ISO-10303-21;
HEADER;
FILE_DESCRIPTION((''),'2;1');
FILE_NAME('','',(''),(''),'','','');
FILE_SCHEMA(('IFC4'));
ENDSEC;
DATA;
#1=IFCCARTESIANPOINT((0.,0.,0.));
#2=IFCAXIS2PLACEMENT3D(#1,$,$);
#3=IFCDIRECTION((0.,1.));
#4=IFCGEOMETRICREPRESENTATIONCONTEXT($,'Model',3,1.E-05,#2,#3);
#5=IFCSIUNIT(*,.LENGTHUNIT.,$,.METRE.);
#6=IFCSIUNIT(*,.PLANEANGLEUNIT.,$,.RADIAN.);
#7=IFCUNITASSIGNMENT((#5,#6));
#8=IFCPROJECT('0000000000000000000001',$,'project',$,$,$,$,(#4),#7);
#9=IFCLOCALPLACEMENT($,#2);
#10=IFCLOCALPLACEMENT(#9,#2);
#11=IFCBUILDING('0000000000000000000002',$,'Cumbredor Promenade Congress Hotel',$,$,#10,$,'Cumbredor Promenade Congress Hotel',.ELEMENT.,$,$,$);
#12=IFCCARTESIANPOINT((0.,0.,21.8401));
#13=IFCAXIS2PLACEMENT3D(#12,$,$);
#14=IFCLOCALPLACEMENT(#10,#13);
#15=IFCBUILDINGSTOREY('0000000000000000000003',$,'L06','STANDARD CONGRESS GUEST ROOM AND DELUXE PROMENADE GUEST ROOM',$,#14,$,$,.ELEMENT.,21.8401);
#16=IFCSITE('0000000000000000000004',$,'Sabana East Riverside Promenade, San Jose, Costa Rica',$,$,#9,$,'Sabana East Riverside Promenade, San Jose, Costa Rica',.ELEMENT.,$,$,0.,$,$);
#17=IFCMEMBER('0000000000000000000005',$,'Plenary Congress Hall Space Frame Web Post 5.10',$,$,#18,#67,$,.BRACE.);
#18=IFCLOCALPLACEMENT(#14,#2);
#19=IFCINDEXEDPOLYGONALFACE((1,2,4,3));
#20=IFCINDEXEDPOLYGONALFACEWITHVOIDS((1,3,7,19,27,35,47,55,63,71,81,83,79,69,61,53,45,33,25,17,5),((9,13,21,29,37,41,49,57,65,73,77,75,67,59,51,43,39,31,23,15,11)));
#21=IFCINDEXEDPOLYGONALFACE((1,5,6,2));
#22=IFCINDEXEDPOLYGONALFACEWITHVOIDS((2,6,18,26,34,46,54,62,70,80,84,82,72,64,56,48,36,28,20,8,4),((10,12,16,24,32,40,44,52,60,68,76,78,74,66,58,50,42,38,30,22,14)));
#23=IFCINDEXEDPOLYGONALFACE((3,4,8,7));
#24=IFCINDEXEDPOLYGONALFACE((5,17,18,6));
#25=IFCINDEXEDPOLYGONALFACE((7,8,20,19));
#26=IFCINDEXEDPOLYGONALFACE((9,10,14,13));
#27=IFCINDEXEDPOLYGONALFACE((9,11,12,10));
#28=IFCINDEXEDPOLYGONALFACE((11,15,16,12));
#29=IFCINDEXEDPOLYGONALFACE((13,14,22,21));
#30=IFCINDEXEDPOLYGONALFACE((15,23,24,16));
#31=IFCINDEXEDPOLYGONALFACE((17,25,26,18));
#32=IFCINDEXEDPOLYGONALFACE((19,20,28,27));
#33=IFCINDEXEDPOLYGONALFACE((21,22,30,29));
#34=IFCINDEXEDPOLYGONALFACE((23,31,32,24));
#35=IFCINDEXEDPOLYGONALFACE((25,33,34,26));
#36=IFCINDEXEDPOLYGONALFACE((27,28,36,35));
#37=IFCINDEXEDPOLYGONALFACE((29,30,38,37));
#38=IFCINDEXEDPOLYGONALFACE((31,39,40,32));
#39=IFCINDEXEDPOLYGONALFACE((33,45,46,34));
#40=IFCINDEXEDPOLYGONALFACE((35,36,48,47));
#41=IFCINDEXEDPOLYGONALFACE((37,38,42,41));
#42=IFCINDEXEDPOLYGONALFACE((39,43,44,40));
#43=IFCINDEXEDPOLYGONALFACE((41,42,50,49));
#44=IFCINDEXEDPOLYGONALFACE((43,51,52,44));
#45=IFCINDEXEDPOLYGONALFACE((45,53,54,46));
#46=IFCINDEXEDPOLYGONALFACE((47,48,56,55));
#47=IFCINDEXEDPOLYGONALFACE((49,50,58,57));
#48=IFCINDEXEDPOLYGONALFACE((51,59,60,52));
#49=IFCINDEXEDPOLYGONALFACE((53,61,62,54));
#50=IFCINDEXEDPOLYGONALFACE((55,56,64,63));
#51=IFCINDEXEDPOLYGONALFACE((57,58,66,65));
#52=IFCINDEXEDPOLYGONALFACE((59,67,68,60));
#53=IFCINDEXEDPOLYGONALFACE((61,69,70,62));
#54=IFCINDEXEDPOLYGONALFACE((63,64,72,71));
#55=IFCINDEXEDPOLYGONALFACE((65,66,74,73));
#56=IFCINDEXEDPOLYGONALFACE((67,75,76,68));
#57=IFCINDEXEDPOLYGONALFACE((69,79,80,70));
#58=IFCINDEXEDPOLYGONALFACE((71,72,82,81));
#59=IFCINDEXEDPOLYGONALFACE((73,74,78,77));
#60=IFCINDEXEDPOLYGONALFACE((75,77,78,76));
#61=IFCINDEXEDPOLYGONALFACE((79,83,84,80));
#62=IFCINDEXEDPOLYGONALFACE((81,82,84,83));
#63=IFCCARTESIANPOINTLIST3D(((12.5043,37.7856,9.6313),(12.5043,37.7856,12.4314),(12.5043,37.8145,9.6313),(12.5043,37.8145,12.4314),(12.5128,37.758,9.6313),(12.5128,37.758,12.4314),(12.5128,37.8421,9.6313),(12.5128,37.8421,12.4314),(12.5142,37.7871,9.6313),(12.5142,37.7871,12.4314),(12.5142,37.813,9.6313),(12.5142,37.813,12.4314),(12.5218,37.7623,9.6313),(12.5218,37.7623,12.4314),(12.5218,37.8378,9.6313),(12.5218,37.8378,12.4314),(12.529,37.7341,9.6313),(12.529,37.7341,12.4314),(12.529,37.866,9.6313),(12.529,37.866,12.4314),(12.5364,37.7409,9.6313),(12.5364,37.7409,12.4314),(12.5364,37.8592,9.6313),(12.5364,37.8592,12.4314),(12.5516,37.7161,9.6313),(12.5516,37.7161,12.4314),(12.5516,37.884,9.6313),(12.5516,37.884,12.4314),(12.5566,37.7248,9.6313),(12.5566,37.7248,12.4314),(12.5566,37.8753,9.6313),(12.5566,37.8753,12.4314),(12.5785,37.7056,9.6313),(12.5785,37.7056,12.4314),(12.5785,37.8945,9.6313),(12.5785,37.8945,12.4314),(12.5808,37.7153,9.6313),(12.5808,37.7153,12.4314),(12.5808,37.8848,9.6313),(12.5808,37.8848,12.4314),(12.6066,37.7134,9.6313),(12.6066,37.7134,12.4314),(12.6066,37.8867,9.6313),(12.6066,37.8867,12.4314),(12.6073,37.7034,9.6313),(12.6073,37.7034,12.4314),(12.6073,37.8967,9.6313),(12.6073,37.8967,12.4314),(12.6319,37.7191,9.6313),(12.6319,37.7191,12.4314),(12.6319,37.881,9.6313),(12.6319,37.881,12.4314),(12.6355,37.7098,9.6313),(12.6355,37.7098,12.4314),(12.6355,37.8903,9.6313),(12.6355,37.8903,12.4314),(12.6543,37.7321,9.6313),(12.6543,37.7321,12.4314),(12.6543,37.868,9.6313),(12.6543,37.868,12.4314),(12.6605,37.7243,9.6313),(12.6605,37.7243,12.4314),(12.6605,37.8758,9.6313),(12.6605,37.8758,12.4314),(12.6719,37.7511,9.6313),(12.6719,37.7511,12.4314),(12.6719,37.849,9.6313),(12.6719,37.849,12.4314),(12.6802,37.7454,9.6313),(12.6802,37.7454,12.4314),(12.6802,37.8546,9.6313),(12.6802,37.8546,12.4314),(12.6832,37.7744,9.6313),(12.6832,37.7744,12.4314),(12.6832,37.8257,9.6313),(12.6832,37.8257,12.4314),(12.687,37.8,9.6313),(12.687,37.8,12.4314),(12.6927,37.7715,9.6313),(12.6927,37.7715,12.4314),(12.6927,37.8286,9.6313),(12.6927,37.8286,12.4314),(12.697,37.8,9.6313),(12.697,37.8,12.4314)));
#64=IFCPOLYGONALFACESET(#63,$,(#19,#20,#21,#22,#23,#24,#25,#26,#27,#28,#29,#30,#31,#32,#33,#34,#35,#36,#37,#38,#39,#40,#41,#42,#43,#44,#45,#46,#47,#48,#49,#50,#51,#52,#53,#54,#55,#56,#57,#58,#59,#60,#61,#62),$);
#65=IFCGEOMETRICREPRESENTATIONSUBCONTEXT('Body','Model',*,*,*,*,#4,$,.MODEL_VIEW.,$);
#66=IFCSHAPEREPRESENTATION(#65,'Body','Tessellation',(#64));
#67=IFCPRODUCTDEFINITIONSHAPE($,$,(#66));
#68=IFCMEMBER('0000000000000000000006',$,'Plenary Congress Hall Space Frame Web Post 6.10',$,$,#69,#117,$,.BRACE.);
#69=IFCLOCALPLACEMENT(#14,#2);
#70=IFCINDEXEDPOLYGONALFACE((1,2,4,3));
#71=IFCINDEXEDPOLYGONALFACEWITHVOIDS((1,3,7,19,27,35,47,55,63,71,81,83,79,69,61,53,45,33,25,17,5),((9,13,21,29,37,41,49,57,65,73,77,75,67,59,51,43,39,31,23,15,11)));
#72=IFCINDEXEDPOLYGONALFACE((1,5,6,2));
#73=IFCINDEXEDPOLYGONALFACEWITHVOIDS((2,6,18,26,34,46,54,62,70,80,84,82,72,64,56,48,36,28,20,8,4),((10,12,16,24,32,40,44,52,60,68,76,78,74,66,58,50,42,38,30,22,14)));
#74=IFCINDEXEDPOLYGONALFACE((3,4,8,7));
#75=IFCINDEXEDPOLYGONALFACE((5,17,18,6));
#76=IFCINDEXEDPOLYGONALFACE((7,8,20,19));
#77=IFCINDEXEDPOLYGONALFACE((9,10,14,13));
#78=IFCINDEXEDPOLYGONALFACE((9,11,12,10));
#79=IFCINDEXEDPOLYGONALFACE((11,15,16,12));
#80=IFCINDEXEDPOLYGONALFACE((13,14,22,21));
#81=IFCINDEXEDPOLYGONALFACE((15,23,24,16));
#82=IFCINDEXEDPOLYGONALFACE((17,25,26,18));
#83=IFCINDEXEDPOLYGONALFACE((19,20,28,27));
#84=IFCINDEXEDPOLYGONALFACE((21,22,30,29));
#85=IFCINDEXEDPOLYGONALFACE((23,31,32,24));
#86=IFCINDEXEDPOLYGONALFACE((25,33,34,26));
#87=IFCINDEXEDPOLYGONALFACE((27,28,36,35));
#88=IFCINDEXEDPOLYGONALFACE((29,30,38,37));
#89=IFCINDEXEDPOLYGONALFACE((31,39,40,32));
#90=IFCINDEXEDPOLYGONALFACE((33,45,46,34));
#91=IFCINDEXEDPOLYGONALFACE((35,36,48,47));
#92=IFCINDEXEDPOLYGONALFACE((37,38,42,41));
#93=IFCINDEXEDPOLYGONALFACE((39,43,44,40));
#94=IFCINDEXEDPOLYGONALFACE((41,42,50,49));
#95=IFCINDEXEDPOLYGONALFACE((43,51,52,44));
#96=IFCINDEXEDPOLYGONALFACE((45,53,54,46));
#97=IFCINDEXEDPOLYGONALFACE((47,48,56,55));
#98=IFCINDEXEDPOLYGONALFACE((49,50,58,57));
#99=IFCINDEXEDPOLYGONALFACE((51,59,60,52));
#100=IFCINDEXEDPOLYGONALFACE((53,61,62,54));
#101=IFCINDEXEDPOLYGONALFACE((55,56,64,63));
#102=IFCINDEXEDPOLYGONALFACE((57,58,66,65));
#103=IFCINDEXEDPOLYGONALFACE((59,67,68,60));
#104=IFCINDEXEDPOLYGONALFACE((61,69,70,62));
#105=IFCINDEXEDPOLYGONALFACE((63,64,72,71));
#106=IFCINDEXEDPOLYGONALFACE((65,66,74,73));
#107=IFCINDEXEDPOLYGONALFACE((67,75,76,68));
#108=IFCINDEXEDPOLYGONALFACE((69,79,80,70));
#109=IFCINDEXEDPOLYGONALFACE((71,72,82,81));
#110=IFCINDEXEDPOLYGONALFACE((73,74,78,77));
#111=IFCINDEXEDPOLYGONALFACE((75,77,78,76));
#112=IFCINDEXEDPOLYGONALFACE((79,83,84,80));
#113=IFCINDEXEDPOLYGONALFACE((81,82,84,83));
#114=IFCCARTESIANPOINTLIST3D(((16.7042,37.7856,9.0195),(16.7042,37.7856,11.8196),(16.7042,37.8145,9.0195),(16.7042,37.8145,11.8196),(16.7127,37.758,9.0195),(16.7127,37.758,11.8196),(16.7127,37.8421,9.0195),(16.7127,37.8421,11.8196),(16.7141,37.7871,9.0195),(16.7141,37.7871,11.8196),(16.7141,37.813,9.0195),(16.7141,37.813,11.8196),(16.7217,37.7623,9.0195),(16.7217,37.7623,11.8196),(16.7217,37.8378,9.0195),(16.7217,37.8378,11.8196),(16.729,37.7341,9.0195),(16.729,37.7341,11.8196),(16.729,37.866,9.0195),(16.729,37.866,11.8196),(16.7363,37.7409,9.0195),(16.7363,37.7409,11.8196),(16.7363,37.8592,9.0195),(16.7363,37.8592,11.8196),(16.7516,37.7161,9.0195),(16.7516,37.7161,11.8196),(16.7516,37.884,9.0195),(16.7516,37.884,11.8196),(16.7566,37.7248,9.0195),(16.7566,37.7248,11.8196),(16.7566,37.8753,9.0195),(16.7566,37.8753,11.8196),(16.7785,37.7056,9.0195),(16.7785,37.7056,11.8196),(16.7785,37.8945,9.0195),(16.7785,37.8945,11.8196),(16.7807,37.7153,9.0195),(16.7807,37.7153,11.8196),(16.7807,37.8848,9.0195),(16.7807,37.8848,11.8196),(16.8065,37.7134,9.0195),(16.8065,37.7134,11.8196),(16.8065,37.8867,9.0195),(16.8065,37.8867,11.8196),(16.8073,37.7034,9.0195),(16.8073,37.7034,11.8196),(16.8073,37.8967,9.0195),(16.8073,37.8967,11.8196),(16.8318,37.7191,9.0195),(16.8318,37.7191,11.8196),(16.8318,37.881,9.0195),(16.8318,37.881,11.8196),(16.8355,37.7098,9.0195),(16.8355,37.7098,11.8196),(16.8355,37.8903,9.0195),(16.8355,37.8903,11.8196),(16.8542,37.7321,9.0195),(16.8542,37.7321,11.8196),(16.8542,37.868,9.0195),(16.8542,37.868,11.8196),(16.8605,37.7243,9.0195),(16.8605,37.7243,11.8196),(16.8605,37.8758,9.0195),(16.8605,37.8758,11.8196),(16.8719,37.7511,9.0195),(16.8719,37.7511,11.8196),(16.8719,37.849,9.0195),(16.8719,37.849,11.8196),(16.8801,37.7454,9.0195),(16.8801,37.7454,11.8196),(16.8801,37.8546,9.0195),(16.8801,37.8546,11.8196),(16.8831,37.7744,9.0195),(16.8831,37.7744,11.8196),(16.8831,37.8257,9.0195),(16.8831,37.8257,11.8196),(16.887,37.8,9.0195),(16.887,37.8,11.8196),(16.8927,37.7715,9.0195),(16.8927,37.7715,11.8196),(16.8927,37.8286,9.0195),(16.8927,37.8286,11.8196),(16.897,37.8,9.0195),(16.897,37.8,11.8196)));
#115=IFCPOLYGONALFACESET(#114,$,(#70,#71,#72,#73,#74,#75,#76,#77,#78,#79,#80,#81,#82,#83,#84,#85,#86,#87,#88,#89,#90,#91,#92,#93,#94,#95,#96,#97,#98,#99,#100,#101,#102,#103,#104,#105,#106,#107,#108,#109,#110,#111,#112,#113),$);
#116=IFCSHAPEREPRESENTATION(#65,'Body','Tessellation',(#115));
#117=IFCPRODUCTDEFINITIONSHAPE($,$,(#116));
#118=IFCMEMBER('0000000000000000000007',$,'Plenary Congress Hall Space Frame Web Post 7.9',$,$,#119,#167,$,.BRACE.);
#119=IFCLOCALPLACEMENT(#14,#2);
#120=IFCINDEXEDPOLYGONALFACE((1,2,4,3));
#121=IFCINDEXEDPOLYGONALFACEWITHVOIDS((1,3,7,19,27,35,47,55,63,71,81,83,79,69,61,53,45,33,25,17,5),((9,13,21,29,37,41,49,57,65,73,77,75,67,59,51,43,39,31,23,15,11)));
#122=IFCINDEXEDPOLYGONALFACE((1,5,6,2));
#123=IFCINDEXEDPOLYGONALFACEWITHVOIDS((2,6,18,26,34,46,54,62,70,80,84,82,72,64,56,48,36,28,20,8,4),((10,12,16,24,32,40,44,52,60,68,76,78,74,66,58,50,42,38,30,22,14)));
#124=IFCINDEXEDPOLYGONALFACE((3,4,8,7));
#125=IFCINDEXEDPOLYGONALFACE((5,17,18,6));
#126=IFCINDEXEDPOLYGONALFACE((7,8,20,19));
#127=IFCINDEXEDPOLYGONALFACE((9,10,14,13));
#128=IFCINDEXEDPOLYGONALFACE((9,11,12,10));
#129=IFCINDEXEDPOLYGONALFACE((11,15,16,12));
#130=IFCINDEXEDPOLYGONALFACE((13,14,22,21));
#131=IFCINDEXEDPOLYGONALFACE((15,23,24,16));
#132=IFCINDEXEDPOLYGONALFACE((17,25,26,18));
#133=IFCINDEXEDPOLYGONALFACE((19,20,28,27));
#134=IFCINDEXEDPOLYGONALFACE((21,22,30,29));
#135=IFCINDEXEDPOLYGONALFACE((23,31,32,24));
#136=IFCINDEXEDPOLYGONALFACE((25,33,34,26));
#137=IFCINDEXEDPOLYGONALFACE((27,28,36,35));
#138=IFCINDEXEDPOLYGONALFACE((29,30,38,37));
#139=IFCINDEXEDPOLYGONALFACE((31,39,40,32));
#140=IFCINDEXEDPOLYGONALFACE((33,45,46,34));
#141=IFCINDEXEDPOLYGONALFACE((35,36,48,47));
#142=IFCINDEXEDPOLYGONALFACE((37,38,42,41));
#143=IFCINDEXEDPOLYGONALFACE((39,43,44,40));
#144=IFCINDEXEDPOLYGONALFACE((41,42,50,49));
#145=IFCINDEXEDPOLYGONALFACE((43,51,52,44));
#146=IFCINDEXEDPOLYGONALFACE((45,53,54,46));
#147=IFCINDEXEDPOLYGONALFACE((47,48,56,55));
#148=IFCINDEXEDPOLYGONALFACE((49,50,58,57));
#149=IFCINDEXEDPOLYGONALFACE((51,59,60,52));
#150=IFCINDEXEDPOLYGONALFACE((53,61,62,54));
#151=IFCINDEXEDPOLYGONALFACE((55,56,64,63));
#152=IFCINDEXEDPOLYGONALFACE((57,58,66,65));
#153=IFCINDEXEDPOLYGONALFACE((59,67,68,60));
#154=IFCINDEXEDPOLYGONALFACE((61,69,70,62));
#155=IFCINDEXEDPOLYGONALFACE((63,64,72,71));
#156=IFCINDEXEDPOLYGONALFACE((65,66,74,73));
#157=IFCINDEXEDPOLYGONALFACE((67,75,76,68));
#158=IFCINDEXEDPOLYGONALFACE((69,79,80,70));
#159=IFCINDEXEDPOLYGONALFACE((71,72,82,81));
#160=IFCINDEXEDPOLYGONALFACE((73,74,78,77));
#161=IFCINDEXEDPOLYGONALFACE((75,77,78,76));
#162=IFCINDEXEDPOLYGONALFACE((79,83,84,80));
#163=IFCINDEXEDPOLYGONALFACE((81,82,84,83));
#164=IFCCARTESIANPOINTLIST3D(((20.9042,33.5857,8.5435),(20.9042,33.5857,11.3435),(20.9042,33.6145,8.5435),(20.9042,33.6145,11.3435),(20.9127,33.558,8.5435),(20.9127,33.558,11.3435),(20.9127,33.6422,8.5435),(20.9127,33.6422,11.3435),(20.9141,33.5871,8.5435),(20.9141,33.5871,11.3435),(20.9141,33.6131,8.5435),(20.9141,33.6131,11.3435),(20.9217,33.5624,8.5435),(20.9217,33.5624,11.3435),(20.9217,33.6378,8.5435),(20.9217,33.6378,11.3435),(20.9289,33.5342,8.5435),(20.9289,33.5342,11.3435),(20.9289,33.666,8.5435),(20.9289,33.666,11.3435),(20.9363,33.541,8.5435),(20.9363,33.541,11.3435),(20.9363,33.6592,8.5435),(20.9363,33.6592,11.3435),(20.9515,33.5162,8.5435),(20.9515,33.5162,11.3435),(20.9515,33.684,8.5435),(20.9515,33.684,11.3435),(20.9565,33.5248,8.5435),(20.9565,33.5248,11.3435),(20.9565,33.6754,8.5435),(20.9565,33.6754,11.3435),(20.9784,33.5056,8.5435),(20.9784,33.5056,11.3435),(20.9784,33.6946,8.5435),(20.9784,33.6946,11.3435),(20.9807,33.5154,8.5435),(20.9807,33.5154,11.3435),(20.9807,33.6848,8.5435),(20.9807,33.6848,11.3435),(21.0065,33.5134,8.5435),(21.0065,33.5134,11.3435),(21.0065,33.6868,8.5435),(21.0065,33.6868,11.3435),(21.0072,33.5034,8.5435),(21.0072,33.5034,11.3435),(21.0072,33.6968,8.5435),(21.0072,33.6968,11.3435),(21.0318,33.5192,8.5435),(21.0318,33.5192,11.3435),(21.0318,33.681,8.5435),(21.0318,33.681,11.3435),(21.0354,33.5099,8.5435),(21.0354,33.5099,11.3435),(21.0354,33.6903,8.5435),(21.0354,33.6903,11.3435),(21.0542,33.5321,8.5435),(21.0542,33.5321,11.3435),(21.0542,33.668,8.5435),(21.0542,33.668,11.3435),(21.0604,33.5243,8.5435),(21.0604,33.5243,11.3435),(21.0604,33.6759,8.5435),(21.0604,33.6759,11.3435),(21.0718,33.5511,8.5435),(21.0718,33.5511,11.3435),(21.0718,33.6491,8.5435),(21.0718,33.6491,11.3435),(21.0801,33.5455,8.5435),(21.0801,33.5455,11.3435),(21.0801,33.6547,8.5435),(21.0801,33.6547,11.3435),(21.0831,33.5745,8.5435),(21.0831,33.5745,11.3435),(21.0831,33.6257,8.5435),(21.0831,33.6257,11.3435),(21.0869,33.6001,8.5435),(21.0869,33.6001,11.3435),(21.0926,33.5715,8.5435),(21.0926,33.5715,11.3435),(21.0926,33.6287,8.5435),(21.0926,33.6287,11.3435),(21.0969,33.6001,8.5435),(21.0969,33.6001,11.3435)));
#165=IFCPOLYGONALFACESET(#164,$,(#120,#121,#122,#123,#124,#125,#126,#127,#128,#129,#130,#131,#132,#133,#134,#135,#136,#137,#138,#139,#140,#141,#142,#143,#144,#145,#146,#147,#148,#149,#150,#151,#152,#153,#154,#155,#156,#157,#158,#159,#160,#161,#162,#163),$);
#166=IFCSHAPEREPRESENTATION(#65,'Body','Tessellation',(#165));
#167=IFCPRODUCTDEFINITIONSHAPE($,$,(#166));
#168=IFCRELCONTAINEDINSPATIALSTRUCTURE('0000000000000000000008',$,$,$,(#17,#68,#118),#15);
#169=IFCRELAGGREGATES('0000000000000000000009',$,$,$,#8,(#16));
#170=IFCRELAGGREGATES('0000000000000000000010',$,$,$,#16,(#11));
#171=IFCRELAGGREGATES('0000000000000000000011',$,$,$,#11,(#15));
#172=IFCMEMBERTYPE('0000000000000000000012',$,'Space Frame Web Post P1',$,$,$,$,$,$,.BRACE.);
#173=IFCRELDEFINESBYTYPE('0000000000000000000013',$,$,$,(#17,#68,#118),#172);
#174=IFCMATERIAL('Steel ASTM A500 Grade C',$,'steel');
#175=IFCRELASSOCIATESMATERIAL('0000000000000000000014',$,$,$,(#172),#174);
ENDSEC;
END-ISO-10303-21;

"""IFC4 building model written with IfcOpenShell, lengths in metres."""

from ifc_helpers import new_model, si_unit, direction, frame, origin, origin_2d, place, context, subcontext, project, spatial, hollow_circle, extrude, material, material_profile, profile_set, type_object, element, save


model = new_model("IFC4")

# Units and contexts
model_context = context("Model", 3, precision=1e-05, world=origin(), true_north=direction((0.0, 1.0)))
body_context = subcontext(model_context, "Body", "Model", "MODEL_VIEW")
ifc_project = project(units=[si_unit("LENGTHUNIT", "METRE"), si_unit("PLANEANGLEUNIT", "RADIAN")], contexts=[model_context])

# Site, building, storey
site_placement = place(None, origin())
site = spatial("IfcSite", under=ifc_project, at=site_placement, Name="Sabana East Riverside Promenade, San Jose, Costa Rica", LongName="Sabana East Riverside Promenade, San Jose, Costa Rica", CompositionType="ELEMENT", RefElevation=0.0)
building_placement = place(site_placement, origin())
building = spatial("IfcBuilding", under=site, at=building_placement, Name="Cumbredor Promenade Congress Hotel", LongName="Cumbredor Promenade Congress Hotel", CompositionType="ELEMENT")
storey_placement = place(building_placement, frame((0.0, 0.0, 21.8401)))
storey = spatial("IfcBuildingStorey", under=building, at=storey_placement, Name="L06", Description="STANDARD CONGRESS GUEST ROOM AND DELUXE PROMENADE GUEST ROOM", CompositionType="ELEMENT", Elevation=21.8401)

# Members
ifc_material_1 = material(Name="Steel ASTM A500 Grade C", Category="steel")
ifc_material_profile_1 = material_profile(ifc_material_1, hollow_circle(Radius=0.0969, WallThickness=0.01, at=origin_2d()), Name="CHS 193.7x10")
ifc_profile_set_1 = profile_set([ifc_material_profile_1], Name="Steel ASTM A500 Grade C")
member_type_1 = type_object("IfcMemberType", Name="Space Frame Web Post P1", PredefinedType="BRACE", material=ifc_profile_set_1)
for number, where, z_axis, x_axis, name in (
    (1, (12.6001, 37.8, 9.6313), (0.0, 0.0, 1.0), (1.0, 0.0, 0.0), "Plenary Congress Hall Space Frame Web Post 5.10"),
    (2, (16.8, 37.8, 9.0195), (0.0, 0.0, 1.0), (1.0, 0.0, 0.0), "Plenary Congress Hall Space Frame Web Post 6.10"),
    (3, (21.0, 33.6001, 8.5435), (0.0, 0.0, 1.0), (1.0, 0.0, 0.0), "Plenary Congress Hall Space Frame Web Post 7.9"),
):
    element("IfcMember", number, at=place(storey_placement, frame(where, z_axis=z_axis, x_axis=x_axis)), inside=storey, type_object=member_type_1, Name=name, PredefinedType="BRACE", context=body_context, shape_type="SweptSolid", body=[
        extrude(hollow_circle(Radius=0.0969, WallThickness=0.01, at=origin_2d()), origin(), (0.0, 0.0, 1.0), 2.8),
    ])

save(model, "model.ifc")
